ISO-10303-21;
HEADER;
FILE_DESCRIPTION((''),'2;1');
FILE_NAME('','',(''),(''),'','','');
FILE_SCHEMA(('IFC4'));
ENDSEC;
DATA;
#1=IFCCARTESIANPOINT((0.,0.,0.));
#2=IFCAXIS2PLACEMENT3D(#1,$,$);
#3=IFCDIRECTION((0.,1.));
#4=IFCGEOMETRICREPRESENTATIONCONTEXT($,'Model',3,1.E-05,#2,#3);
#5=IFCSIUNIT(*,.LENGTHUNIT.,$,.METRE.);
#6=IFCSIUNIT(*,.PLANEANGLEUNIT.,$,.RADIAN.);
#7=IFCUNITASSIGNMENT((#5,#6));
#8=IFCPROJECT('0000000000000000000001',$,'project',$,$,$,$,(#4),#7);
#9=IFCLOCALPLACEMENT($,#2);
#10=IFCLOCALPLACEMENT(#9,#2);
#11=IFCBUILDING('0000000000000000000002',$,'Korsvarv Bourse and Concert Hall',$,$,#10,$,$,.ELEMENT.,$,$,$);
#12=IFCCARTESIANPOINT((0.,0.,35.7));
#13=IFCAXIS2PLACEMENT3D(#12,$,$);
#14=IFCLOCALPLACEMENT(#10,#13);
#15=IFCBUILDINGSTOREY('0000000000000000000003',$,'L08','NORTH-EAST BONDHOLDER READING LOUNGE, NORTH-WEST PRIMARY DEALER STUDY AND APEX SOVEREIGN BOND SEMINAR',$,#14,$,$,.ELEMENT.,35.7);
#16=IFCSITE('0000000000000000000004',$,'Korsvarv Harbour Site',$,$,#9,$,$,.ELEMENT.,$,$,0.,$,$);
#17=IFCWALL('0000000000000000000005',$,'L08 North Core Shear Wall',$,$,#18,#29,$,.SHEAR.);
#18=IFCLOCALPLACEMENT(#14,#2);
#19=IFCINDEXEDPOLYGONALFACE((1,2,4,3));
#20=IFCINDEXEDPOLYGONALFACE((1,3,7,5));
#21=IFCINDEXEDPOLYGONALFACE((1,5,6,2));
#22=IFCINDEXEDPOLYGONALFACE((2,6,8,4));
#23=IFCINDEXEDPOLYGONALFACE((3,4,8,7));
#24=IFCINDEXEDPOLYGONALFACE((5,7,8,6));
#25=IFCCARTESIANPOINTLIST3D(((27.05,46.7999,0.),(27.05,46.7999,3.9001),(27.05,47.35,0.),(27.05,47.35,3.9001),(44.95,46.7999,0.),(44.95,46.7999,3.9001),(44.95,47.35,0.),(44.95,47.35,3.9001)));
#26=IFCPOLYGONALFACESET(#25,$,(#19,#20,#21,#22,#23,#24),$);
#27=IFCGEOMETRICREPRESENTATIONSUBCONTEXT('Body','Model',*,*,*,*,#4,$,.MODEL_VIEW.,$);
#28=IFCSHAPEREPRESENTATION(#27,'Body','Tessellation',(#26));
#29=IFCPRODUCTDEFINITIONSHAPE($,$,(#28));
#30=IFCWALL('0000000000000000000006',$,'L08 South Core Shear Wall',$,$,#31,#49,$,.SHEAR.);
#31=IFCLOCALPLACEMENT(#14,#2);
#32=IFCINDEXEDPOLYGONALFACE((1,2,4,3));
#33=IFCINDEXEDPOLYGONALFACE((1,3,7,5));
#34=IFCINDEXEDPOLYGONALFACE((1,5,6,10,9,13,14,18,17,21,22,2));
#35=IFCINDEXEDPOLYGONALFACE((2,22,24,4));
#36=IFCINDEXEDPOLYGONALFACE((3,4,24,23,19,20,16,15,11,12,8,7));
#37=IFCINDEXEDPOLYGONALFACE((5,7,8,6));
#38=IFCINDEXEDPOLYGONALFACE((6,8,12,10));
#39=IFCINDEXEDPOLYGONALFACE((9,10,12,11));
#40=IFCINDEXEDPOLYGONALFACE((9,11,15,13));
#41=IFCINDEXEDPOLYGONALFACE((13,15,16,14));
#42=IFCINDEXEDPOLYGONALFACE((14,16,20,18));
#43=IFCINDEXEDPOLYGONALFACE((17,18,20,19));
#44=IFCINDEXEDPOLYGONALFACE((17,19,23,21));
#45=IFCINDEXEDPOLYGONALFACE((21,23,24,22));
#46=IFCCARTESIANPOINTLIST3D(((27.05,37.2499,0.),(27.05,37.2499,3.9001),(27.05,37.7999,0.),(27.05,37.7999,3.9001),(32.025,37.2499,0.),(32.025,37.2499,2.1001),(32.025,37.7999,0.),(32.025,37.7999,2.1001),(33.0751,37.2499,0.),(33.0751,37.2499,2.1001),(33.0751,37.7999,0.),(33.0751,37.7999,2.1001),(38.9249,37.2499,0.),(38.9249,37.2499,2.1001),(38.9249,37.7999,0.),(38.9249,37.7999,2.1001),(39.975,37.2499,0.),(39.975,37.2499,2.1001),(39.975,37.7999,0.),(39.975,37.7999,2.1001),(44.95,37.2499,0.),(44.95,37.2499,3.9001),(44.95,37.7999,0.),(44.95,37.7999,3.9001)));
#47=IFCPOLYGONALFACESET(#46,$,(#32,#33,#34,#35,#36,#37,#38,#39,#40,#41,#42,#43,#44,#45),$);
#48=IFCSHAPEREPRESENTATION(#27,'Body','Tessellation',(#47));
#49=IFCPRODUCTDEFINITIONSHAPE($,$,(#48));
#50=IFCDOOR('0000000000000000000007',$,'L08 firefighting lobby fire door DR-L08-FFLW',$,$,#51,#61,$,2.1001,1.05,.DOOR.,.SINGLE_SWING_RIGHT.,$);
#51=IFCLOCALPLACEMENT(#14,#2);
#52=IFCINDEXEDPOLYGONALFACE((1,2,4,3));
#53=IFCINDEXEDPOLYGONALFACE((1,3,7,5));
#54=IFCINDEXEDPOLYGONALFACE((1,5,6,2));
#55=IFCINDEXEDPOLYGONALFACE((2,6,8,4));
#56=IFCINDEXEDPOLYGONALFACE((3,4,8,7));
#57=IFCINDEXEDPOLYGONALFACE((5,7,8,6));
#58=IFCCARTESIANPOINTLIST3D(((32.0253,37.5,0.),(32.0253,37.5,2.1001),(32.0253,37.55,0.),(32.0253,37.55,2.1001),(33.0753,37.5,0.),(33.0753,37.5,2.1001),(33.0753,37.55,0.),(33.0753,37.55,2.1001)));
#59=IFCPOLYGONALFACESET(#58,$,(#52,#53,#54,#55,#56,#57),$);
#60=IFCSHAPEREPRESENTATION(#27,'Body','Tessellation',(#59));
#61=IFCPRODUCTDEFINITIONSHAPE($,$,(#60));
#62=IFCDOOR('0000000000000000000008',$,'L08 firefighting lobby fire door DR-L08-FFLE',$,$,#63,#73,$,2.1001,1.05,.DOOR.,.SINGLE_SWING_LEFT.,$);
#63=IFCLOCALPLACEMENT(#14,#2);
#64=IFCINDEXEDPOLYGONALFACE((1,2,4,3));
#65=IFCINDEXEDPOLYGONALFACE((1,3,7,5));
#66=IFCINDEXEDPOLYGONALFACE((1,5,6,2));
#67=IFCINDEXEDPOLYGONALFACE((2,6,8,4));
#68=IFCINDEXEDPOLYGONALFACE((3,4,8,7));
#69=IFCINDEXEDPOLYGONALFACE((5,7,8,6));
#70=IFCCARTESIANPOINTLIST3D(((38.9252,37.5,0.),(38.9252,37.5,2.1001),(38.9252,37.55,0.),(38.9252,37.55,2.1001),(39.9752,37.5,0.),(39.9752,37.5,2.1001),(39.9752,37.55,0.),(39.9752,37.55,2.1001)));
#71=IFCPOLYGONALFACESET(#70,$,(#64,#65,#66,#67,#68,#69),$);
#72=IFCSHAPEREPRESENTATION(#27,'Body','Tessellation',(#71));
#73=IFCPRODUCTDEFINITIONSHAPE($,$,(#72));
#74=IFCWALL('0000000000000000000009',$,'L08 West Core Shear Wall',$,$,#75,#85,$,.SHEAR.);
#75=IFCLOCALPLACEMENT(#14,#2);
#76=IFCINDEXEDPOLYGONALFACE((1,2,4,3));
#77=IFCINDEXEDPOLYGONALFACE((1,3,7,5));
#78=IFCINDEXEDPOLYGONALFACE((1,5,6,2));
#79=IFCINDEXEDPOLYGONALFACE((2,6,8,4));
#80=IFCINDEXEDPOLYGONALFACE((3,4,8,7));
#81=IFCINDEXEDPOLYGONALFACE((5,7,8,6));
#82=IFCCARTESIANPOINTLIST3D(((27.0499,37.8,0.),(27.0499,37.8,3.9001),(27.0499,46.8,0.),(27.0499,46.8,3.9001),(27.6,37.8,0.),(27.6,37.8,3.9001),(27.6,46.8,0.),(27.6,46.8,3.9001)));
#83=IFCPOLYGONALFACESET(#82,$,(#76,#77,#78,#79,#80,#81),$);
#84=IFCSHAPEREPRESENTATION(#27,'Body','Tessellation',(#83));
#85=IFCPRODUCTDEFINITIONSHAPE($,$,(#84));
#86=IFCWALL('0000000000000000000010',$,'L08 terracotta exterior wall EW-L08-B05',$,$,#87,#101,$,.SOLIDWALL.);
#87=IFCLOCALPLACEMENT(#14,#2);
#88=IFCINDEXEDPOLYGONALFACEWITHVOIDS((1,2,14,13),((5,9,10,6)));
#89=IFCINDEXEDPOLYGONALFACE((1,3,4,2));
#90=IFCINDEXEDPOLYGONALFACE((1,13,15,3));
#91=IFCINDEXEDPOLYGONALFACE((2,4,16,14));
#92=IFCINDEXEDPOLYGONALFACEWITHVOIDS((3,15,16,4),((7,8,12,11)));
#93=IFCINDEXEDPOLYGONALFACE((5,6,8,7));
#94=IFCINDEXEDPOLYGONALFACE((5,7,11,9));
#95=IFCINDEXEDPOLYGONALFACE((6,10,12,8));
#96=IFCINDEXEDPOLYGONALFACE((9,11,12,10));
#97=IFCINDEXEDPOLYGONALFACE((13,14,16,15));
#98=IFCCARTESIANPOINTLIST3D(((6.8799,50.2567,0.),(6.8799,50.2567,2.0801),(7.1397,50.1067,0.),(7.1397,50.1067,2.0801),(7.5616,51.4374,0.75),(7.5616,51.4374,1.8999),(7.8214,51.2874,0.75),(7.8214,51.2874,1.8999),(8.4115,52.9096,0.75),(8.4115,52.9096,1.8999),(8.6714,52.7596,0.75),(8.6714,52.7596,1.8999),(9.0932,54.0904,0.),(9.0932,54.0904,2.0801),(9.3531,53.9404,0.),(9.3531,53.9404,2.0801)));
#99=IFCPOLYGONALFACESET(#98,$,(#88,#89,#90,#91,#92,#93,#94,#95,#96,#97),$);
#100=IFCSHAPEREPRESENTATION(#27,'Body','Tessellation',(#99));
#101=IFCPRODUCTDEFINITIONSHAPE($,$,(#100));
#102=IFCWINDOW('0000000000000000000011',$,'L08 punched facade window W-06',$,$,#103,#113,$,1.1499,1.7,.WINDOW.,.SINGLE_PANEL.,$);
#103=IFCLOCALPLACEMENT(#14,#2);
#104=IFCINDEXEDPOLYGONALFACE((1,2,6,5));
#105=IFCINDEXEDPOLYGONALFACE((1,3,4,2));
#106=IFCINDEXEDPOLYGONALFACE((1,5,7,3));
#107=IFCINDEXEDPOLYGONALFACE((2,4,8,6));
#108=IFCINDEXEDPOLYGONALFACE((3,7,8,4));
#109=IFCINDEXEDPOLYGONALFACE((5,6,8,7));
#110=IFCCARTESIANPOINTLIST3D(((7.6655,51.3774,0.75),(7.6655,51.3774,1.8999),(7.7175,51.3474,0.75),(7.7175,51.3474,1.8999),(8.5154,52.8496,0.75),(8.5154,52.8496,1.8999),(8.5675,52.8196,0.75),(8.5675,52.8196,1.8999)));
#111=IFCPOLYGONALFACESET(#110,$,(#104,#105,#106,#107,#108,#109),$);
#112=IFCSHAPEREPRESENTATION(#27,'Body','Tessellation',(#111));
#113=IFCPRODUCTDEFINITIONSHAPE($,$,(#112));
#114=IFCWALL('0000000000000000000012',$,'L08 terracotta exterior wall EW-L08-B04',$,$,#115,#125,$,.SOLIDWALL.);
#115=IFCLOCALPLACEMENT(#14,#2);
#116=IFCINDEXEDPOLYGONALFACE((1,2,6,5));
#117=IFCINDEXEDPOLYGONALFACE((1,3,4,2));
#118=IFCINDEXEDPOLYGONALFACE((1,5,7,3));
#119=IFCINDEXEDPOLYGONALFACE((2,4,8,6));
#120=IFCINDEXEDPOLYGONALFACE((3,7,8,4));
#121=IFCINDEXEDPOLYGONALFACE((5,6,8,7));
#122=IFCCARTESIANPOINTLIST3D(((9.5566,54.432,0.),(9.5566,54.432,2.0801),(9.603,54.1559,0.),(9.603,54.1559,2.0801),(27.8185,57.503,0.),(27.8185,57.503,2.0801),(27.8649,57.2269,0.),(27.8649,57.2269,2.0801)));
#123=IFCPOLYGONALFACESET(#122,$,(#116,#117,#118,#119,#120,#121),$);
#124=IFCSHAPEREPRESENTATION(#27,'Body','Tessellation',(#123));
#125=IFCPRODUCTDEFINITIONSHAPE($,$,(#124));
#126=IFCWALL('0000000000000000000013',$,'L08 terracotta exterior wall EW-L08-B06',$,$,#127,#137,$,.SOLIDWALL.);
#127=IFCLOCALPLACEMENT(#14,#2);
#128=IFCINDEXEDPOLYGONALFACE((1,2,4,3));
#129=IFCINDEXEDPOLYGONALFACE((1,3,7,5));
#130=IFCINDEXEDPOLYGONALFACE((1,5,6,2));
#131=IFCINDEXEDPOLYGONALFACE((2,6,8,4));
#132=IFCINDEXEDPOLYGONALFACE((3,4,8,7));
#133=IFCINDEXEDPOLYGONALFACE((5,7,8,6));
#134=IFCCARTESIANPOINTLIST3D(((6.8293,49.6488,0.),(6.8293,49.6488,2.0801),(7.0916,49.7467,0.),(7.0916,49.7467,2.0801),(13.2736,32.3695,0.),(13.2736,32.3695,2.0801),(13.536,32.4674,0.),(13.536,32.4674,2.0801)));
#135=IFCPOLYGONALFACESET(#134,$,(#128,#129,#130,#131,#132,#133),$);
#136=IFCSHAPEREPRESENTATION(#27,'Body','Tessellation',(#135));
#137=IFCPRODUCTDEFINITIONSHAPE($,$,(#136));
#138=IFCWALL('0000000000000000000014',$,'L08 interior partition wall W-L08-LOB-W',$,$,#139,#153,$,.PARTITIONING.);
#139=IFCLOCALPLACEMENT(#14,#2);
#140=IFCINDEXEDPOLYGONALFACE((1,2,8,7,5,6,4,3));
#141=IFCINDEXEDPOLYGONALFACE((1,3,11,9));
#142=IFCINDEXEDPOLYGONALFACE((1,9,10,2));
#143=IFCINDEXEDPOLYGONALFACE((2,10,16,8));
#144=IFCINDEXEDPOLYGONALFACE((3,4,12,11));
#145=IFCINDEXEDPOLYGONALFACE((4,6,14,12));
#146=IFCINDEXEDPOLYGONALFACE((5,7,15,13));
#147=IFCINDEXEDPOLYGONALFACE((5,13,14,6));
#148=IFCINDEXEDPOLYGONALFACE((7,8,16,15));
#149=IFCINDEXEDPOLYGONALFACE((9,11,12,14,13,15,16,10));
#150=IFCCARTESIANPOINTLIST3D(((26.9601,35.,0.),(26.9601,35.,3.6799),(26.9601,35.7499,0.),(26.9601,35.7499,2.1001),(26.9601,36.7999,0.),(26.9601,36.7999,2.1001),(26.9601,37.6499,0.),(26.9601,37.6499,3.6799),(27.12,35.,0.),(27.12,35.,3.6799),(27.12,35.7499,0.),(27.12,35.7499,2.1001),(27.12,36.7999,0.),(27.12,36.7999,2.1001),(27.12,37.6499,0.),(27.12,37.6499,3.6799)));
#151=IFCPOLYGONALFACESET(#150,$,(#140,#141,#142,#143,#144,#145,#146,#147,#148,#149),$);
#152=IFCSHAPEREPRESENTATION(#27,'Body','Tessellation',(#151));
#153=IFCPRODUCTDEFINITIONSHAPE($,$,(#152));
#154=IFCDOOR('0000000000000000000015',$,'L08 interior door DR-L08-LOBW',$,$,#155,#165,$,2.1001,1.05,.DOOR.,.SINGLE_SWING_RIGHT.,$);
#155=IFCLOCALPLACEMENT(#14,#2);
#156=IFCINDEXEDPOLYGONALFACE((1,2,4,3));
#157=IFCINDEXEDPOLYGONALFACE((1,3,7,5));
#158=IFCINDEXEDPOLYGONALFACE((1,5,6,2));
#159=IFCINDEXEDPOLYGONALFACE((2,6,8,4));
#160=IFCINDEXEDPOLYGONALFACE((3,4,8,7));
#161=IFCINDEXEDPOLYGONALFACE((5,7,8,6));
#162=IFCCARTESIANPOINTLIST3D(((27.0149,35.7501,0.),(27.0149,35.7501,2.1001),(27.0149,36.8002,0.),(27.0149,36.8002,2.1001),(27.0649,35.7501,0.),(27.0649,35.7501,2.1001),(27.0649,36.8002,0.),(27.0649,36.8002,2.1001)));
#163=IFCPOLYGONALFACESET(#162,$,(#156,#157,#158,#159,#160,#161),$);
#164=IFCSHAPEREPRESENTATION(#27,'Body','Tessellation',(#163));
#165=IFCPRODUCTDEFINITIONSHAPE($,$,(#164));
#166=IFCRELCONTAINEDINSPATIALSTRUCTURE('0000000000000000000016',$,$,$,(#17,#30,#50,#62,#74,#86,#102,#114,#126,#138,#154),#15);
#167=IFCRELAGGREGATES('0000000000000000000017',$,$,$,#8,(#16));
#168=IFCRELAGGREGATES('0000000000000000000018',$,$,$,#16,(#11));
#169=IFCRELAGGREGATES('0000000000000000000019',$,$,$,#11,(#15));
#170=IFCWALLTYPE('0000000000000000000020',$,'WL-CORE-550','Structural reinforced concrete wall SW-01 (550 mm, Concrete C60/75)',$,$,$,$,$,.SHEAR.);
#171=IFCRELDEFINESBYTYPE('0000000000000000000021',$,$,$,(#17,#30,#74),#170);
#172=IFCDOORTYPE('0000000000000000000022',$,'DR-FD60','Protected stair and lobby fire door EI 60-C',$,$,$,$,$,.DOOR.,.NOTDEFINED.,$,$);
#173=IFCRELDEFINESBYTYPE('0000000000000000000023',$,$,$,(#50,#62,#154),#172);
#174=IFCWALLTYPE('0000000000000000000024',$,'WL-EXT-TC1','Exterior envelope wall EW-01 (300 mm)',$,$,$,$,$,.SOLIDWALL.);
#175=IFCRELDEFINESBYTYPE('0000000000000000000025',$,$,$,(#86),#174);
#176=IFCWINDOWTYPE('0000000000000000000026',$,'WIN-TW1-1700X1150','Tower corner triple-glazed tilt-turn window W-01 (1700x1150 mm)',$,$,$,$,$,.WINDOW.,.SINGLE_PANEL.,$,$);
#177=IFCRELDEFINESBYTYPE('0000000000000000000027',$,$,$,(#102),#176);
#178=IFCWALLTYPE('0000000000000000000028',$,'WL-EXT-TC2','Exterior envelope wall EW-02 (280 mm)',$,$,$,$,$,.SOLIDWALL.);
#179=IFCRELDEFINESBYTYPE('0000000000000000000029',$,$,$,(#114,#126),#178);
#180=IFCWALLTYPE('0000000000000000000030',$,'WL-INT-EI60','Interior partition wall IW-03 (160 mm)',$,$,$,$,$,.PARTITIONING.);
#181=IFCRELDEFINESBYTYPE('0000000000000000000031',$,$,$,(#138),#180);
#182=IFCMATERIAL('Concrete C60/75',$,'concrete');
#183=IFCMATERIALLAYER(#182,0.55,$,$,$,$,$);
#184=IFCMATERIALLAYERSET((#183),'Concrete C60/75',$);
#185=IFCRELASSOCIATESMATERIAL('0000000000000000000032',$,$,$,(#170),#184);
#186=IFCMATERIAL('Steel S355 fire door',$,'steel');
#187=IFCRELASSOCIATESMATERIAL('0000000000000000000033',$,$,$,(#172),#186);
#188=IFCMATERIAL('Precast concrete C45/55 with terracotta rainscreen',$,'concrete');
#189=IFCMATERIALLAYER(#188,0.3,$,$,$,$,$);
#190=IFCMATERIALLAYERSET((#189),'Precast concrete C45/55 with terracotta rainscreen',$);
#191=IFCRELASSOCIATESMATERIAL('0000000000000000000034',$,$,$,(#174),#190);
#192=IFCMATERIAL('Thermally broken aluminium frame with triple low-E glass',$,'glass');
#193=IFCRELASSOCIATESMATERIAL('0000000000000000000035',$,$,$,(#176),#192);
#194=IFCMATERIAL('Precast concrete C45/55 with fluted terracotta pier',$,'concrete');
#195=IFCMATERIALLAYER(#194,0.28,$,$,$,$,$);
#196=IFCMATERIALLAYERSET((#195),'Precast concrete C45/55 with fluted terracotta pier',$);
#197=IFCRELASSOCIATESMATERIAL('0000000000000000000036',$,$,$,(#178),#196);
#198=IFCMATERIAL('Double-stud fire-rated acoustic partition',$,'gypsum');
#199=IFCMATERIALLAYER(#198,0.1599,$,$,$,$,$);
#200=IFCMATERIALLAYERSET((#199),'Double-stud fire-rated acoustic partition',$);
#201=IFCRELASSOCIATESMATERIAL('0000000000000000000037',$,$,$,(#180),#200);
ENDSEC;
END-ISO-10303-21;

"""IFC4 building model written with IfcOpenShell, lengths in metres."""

from ifc_helpers import new_model, si_unit, direction, frame, frame_2d, origin, place, context, subcontext, project, spatial, rectangle, extrude, material, layer, layer_set, type_object, element, fill, save


model = new_model("IFC4")

# Units and contexts
model_context = context("Model", 3, precision=1e-05, world=origin(), true_north=direction((0.0, 1.0)))
body_context = subcontext(model_context, "Body", "Model", "MODEL_VIEW")
ifc_project = project(units=[si_unit("LENGTHUNIT", "METRE"), si_unit("PLANEANGLEUNIT", "RADIAN")], contexts=[model_context])

# Site, building, storey
site_placement = place(None, origin())
site = spatial("IfcSite", under=ifc_project, at=site_placement, Name="Korsvarv Harbour Site", CompositionType="ELEMENT", RefElevation=0.0)
building_placement = place(site_placement, origin())
building = spatial("IfcBuilding", under=site, at=building_placement, Name="Korsvarv Bourse and Concert Hall", CompositionType="ELEMENT")
storey_placement = place(building_placement, frame((0.0, 0.0, 35.7)))
storey = spatial("IfcBuildingStorey", under=building, at=storey_placement, Name="L08", Description="NORTH-EAST BONDHOLDER READING LOUNGE, NORTH-WEST PRIMARY DEALER STUDY AND APEX SOVEREIGN BOND SEMINAR", CompositionType="ELEMENT", Elevation=35.7)

# Shared definitions
ifc_material_1 = material(Name="Concrete C60/75", Category="concrete")

# Wall
ifc_layer_1 = layer(ifc_material_1, 0.55)
ifc_layer_set_1 = layer_set([ifc_layer_1], Name="Concrete C60/75")
wall_type_1 = type_object("IfcWallType", Name="WL-CORE-550", Description="Structural reinforced concrete wall SW-01 (550 mm, Concrete C60/75)", PredefinedType="SHEAR", material=ifc_layer_set_1)
wall_1_placement = place(storey_placement, frame((27.05, 47.075, 0.0), z_axis=(0.0, 0.0, 1.0), x_axis=(1.0, 0.0, 0.0)))
element("IfcWall", 1, at=wall_1_placement, inside=storey, type_object=wall_type_1, Name="L08 North Core Shear Wall", PredefinedType="SHEAR", context=body_context, shape_type="SweptSolid", body=[
    extrude(rectangle(XDim=17.8999, YDim=0.55, at=frame_2d((8.95, 0.0))), origin(), (0.0, 0.0, 1.0), 3.9001),
])

# Wall, openings, doors
wall_2_placement = place(storey_placement, frame((27.05, 37.5249, 0.0), z_axis=(0.0, 0.0, 1.0), x_axis=(1.0, 0.0, 0.0)))
wall_2 = element("IfcWall", 2, at=wall_2_placement, inside=storey, type_object=wall_type_1, Name="L08 South Core Shear Wall", PredefinedType="SHEAR", context=body_context, shape_type="SweptSolid", body=[
    extrude(rectangle(XDim=17.8999, YDim=0.55, at=frame_2d((8.95, 0.0))), origin(), (0.0, 0.0, 1.0), 3.9001),
])
opening_1_placement = place(wall_2_placement, frame((4.9751, 0.0, 0.0)))
opening_1 = element("IfcOpeningElement", 3, at=opening_1_placement, cuts=wall_2, PredefinedType="OPENING", context=body_context, shape_type="SweptSolid", body=[
    extrude(rectangle(XDim=1.05, YDim=2.1001, at=frame_2d((0.5249, 1.05))), frame((0.0, 0.2852, 0.0), z_axis=(0.0, -1.0, 0.0), x_axis=(1.0, 0.0, 0.0)), (0.0, 0.0, 1.0), 0.5701),
])
opening_2_placement = place(wall_2_placement, frame((11.875, 0.0, 0.0)))
opening_2 = element("IfcOpeningElement", 4, at=opening_2_placement, cuts=wall_2, PredefinedType="OPENING", context=body_context, shape_type="SweptSolid", body=[
    extrude(rectangle(XDim=1.05, YDim=2.1001, at=frame_2d((0.5249, 1.05))), frame((0.0, 0.2852, 0.0), z_axis=(0.0, -1.0, 0.0), x_axis=(1.0, 0.0, 0.0)), (0.0, 0.0, 1.0), 0.5701),
])
ifc_material_2 = material(Name="Steel S355 fire door", Category="steel")
door_type_1 = type_object("IfcDoorType", Name="DR-FD60", Description="Protected stair and lobby fire door EI 60-C", OperationType="NOTDEFINED", PredefinedType="DOOR", material=ifc_material_2)
door_1_placement = place(opening_1_placement, frame((1.05, 0.0, 0.0), z_axis=(0.0, 0.0, 1.0), x_axis=(-1.0, 0.0, 0.0)))
door_1 = element("IfcDoor", 5, at=door_1_placement, inside=storey, type_object=door_type_1, Name="L08 firefighting lobby fire door DR-L08-FFLW", OperationType="SINGLE_SWING_RIGHT", OverallHeight=2.1001, OverallWidth=1.05, PredefinedType="DOOR", context=body_context, shape_type="SweptSolid", body=[
    extrude(rectangle(XDim=1.05, YDim=2.1001, at=frame_2d((0.5249, 1.05))), frame((0.0, 0.0249, 0.0), z_axis=(0.0, -1.0, 0.0), x_axis=(1.0, 0.0, 0.0)), (0.0, 0.0, 1.0), 0.05),
])
fill(opening_1, door_1)
door_2_placement = place(opening_2_placement, frame((1.05, 0.0, 0.0), z_axis=(0.0, 0.0, 1.0), x_axis=(-1.0, 0.0, 0.0)))
door_2 = element("IfcDoor", 6, at=door_2_placement, inside=storey, type_object=door_type_1, Name="L08 firefighting lobby fire door DR-L08-FFLE", OperationType="SINGLE_SWING_LEFT", OverallHeight=2.1001, OverallWidth=1.05, PredefinedType="DOOR", context=body_context, shape_type="SweptSolid", body=[
    extrude(rectangle(XDim=1.05, YDim=2.1001, at=frame_2d((0.5249, 1.05))), frame((0.0, 0.0249, 0.0), z_axis=(0.0, -1.0, 0.0), x_axis=(1.0, 0.0, 0.0)), (0.0, 0.0, 1.0), 0.05),
])
fill(opening_2, door_2)

# Wall
wall_3_placement = place(storey_placement, frame((27.325, 37.8, 0.0), z_axis=(0.0, 0.0, 1.0), x_axis=(0.0, 1.0, 0.0)))
element("IfcWall", 7, at=wall_3_placement, inside=storey, type_object=wall_type_1, Name="L08 West Core Shear Wall", PredefinedType="SHEAR", context=body_context, shape_type="SweptSolid", body=[
    extrude(rectangle(XDim=9.0, YDim=0.55, at=frame_2d((4.5, 0.0))), origin(), (0.0, 0.0, 1.0), 3.9001),
])

# Wall, opening, window
ifc_material_3 = material(Name="Precast concrete C45/55 with terracotta rainscreen", Category="concrete")
ifc_layer_2 = layer(ifc_material_3, 0.3)
ifc_layer_set_2 = layer_set([ifc_layer_2], Name="Precast concrete C45/55 with terracotta rainscreen")
wall_type_2 = type_object("IfcWallType", Name="WL-EXT-TC1", Description="Exterior envelope wall EW-01 (300 mm)", PredefinedType="SOLIDWALL", material=ifc_layer_set_2)
wall_4_placement = place(storey_placement, frame((9.2231, 54.0154, 0.0), z_axis=(0.0, 0.0, 1.0), x_axis=(-0.499995, -0.866029, 0.0)))
wall_4 = element("IfcWall", 8, at=wall_4_placement, inside=storey, type_object=wall_type_2, Name="L08 terracotta exterior wall EW-L08-B05", PredefinedType="SOLIDWALL", context=body_context, shape_type="SweptSolid", body=[
    extrude(rectangle(XDim=4.4268, YDim=0.3, at=frame_2d((2.2134, 0.0))), origin(), (0.0, 0.0, 1.0), 2.0801),
])
opening_3_placement = place(wall_4_placement, frame((1.3633, 0.0, 0.75)))
opening_3 = element("IfcOpeningElement", 9, at=opening_3_placement, cuts=wall_4, PredefinedType="OPENING", context=body_context, shape_type="SweptSolid", body=[
    extrude(rectangle(XDim=1.7, YDim=1.1499, at=frame_2d((0.8501, 0.575))), frame((0.0, 0.1602, 0.0), z_axis=(0.0, -1.0, 0.0), x_axis=(1.0, 0.0, 0.0)), (0.0, 0.0, 1.0), 0.3201),
])
ifc_material_4 = material(Name="Thermally broken aluminium frame with triple low-E glass", Category="glass")
window_type = type_object("IfcWindowType", Name="WIN-TW1-1700X1150", Description="Tower corner triple-glazed tilt-turn window W-01 (1700x1150 mm)", PartitioningType="SINGLE_PANEL", PredefinedType="WINDOW", material=ifc_material_4)
window_placement = place(opening_3_placement, origin())
window = element("IfcWindow", 10, at=window_placement, inside=storey, type_object=window_type, Name="L08 punched facade window W-06", OverallHeight=1.1499, OverallWidth=1.7, PartitioningType="SINGLE_PANEL", PredefinedType="WINDOW", context=body_context, shape_type="SweptSolid", body=[
    extrude(rectangle(XDim=1.7, YDim=1.1499, at=frame_2d((0.8501, 0.575))), frame((0.0, 0.03, 0.0), z_axis=(0.0, -1.0, 0.0), x_axis=(1.0, 0.0, 0.0)), (0.0, 0.0, 1.0), 0.0601),
])
fill(opening_3, window)

# Walls
ifc_material_5 = material(Name="Precast concrete C45/55 with fluted terracotta pier", Category="concrete")
ifc_layer_3 = layer(ifc_material_5, 0.28)
ifc_layer_set_3 = layer_set([ifc_layer_3], Name="Precast concrete C45/55 with fluted terracotta pier")
wall_type_3 = type_object("IfcWallType", Name="WL-EXT-TC2", Description="Exterior envelope wall EW-02 (280 mm)", PredefinedType="SOLIDWALL", material=ifc_layer_set_3)
wall_5_placement = place(storey_placement, frame((27.8418, 57.365, 0.0), z_axis=(0.0, 0.0, 1.0), x_axis=(-0.986153, -0.165838, 0.0)))
element("IfcWall", 11, at=wall_5_placement, inside=storey, type_object=wall_type_3, Name="L08 terracotta exterior wall EW-L08-B04", PredefinedType="SOLIDWALL", context=body_context, shape_type="SweptSolid", body=[
    extrude(rectangle(XDim=18.5183, YDim=0.28, at=frame_2d((9.2593, 0.0))), origin(), (0.0, 0.0, 1.0), 2.0801),
])
wall_6_placement = place(storey_placement, frame((6.9604, 49.6978, 0.0), z_axis=(0.0, 0.0, 1.0), x_axis=(0.34944, -0.936959, 0.0)))
element("IfcWall", 12, at=wall_6_placement, inside=storey, type_object=wall_type_3, Name="L08 terracotta exterior wall EW-L08-B06", PredefinedType="SOLIDWALL", context=body_context, shape_type="SweptSolid", body=[
    extrude(rectangle(XDim=18.4419, YDim=0.28, at=frame_2d((9.2209, 0.0))), origin(), (0.0, 0.0, 1.0), 2.0801),
])

# Wall, opening, door
ifc_material_6 = material(Name="Double-stud fire-rated acoustic partition", Category="gypsum")
ifc_layer_4 = layer(ifc_material_6, 0.1599)
ifc_layer_set_4 = layer_set([ifc_layer_4], Name="Double-stud fire-rated acoustic partition")
wall_type_4 = type_object("IfcWallType", Name="WL-INT-EI60", Description="Interior partition wall IW-03 (160 mm)", PredefinedType="PARTITIONING", material=ifc_layer_set_4)
wall_7_placement = place(storey_placement, frame((27.04, 35.0, 0.0), z_axis=(0.0, 0.0, 1.0), x_axis=(0.0, 1.0, 0.0)))
wall_7 = element("IfcWall", 13, at=wall_7_placement, inside=storey, type_object=wall_type_4, Name="L08 interior partition wall W-L08-LOB-W", PredefinedType="PARTITIONING", context=body_context, shape_type="SweptSolid", body=[
    extrude(rectangle(XDim=2.6499, YDim=0.1599, at=frame_2d((1.325, 0.0))), origin(), (0.0, 0.0, 1.0), 3.6799),
])
opening_4_placement = place(wall_7_placement, frame((0.75, 0.0, 0.0)))
opening_4 = element("IfcOpeningElement", 14, at=opening_4_placement, cuts=wall_7, PredefinedType="OPENING", context=body_context, shape_type="SweptSolid", body=[
    extrude(rectangle(XDim=1.05, YDim=2.1001, at=frame_2d((0.5249, 1.05))), frame((0.0, 0.0898, 0.0), z_axis=(0.0, -1.0, 0.0), x_axis=(1.0, 0.0, 0.0)), (0.0, 0.0, 1.0), 0.1799),
])
door_3_placement = place(opening_4_placement, frame((1.05, 0.0, 0.0), z_axis=(0.0, 0.0, 1.0), x_axis=(-1.0, 0.0, 0.0)))
door_3 = element("IfcDoor", 15, at=door_3_placement, inside=storey, type_object=door_type_1, Name="L08 interior door DR-L08-LOBW", OperationType="SINGLE_SWING_RIGHT", OverallHeight=2.1001, OverallWidth=1.05, PredefinedType="DOOR", context=body_context, shape_type="SweptSolid", body=[
    extrude(rectangle(XDim=1.05, YDim=2.1001, at=frame_2d((0.5249, 1.05))), frame((0.0, 0.0249, 0.0), z_axis=(0.0, -1.0, 0.0), x_axis=(1.0, 0.0, 0.0)), (0.0, 0.0, 1.0), 0.05),
])
fill(opening_4, door_3)

save(model, "model.ifc")
